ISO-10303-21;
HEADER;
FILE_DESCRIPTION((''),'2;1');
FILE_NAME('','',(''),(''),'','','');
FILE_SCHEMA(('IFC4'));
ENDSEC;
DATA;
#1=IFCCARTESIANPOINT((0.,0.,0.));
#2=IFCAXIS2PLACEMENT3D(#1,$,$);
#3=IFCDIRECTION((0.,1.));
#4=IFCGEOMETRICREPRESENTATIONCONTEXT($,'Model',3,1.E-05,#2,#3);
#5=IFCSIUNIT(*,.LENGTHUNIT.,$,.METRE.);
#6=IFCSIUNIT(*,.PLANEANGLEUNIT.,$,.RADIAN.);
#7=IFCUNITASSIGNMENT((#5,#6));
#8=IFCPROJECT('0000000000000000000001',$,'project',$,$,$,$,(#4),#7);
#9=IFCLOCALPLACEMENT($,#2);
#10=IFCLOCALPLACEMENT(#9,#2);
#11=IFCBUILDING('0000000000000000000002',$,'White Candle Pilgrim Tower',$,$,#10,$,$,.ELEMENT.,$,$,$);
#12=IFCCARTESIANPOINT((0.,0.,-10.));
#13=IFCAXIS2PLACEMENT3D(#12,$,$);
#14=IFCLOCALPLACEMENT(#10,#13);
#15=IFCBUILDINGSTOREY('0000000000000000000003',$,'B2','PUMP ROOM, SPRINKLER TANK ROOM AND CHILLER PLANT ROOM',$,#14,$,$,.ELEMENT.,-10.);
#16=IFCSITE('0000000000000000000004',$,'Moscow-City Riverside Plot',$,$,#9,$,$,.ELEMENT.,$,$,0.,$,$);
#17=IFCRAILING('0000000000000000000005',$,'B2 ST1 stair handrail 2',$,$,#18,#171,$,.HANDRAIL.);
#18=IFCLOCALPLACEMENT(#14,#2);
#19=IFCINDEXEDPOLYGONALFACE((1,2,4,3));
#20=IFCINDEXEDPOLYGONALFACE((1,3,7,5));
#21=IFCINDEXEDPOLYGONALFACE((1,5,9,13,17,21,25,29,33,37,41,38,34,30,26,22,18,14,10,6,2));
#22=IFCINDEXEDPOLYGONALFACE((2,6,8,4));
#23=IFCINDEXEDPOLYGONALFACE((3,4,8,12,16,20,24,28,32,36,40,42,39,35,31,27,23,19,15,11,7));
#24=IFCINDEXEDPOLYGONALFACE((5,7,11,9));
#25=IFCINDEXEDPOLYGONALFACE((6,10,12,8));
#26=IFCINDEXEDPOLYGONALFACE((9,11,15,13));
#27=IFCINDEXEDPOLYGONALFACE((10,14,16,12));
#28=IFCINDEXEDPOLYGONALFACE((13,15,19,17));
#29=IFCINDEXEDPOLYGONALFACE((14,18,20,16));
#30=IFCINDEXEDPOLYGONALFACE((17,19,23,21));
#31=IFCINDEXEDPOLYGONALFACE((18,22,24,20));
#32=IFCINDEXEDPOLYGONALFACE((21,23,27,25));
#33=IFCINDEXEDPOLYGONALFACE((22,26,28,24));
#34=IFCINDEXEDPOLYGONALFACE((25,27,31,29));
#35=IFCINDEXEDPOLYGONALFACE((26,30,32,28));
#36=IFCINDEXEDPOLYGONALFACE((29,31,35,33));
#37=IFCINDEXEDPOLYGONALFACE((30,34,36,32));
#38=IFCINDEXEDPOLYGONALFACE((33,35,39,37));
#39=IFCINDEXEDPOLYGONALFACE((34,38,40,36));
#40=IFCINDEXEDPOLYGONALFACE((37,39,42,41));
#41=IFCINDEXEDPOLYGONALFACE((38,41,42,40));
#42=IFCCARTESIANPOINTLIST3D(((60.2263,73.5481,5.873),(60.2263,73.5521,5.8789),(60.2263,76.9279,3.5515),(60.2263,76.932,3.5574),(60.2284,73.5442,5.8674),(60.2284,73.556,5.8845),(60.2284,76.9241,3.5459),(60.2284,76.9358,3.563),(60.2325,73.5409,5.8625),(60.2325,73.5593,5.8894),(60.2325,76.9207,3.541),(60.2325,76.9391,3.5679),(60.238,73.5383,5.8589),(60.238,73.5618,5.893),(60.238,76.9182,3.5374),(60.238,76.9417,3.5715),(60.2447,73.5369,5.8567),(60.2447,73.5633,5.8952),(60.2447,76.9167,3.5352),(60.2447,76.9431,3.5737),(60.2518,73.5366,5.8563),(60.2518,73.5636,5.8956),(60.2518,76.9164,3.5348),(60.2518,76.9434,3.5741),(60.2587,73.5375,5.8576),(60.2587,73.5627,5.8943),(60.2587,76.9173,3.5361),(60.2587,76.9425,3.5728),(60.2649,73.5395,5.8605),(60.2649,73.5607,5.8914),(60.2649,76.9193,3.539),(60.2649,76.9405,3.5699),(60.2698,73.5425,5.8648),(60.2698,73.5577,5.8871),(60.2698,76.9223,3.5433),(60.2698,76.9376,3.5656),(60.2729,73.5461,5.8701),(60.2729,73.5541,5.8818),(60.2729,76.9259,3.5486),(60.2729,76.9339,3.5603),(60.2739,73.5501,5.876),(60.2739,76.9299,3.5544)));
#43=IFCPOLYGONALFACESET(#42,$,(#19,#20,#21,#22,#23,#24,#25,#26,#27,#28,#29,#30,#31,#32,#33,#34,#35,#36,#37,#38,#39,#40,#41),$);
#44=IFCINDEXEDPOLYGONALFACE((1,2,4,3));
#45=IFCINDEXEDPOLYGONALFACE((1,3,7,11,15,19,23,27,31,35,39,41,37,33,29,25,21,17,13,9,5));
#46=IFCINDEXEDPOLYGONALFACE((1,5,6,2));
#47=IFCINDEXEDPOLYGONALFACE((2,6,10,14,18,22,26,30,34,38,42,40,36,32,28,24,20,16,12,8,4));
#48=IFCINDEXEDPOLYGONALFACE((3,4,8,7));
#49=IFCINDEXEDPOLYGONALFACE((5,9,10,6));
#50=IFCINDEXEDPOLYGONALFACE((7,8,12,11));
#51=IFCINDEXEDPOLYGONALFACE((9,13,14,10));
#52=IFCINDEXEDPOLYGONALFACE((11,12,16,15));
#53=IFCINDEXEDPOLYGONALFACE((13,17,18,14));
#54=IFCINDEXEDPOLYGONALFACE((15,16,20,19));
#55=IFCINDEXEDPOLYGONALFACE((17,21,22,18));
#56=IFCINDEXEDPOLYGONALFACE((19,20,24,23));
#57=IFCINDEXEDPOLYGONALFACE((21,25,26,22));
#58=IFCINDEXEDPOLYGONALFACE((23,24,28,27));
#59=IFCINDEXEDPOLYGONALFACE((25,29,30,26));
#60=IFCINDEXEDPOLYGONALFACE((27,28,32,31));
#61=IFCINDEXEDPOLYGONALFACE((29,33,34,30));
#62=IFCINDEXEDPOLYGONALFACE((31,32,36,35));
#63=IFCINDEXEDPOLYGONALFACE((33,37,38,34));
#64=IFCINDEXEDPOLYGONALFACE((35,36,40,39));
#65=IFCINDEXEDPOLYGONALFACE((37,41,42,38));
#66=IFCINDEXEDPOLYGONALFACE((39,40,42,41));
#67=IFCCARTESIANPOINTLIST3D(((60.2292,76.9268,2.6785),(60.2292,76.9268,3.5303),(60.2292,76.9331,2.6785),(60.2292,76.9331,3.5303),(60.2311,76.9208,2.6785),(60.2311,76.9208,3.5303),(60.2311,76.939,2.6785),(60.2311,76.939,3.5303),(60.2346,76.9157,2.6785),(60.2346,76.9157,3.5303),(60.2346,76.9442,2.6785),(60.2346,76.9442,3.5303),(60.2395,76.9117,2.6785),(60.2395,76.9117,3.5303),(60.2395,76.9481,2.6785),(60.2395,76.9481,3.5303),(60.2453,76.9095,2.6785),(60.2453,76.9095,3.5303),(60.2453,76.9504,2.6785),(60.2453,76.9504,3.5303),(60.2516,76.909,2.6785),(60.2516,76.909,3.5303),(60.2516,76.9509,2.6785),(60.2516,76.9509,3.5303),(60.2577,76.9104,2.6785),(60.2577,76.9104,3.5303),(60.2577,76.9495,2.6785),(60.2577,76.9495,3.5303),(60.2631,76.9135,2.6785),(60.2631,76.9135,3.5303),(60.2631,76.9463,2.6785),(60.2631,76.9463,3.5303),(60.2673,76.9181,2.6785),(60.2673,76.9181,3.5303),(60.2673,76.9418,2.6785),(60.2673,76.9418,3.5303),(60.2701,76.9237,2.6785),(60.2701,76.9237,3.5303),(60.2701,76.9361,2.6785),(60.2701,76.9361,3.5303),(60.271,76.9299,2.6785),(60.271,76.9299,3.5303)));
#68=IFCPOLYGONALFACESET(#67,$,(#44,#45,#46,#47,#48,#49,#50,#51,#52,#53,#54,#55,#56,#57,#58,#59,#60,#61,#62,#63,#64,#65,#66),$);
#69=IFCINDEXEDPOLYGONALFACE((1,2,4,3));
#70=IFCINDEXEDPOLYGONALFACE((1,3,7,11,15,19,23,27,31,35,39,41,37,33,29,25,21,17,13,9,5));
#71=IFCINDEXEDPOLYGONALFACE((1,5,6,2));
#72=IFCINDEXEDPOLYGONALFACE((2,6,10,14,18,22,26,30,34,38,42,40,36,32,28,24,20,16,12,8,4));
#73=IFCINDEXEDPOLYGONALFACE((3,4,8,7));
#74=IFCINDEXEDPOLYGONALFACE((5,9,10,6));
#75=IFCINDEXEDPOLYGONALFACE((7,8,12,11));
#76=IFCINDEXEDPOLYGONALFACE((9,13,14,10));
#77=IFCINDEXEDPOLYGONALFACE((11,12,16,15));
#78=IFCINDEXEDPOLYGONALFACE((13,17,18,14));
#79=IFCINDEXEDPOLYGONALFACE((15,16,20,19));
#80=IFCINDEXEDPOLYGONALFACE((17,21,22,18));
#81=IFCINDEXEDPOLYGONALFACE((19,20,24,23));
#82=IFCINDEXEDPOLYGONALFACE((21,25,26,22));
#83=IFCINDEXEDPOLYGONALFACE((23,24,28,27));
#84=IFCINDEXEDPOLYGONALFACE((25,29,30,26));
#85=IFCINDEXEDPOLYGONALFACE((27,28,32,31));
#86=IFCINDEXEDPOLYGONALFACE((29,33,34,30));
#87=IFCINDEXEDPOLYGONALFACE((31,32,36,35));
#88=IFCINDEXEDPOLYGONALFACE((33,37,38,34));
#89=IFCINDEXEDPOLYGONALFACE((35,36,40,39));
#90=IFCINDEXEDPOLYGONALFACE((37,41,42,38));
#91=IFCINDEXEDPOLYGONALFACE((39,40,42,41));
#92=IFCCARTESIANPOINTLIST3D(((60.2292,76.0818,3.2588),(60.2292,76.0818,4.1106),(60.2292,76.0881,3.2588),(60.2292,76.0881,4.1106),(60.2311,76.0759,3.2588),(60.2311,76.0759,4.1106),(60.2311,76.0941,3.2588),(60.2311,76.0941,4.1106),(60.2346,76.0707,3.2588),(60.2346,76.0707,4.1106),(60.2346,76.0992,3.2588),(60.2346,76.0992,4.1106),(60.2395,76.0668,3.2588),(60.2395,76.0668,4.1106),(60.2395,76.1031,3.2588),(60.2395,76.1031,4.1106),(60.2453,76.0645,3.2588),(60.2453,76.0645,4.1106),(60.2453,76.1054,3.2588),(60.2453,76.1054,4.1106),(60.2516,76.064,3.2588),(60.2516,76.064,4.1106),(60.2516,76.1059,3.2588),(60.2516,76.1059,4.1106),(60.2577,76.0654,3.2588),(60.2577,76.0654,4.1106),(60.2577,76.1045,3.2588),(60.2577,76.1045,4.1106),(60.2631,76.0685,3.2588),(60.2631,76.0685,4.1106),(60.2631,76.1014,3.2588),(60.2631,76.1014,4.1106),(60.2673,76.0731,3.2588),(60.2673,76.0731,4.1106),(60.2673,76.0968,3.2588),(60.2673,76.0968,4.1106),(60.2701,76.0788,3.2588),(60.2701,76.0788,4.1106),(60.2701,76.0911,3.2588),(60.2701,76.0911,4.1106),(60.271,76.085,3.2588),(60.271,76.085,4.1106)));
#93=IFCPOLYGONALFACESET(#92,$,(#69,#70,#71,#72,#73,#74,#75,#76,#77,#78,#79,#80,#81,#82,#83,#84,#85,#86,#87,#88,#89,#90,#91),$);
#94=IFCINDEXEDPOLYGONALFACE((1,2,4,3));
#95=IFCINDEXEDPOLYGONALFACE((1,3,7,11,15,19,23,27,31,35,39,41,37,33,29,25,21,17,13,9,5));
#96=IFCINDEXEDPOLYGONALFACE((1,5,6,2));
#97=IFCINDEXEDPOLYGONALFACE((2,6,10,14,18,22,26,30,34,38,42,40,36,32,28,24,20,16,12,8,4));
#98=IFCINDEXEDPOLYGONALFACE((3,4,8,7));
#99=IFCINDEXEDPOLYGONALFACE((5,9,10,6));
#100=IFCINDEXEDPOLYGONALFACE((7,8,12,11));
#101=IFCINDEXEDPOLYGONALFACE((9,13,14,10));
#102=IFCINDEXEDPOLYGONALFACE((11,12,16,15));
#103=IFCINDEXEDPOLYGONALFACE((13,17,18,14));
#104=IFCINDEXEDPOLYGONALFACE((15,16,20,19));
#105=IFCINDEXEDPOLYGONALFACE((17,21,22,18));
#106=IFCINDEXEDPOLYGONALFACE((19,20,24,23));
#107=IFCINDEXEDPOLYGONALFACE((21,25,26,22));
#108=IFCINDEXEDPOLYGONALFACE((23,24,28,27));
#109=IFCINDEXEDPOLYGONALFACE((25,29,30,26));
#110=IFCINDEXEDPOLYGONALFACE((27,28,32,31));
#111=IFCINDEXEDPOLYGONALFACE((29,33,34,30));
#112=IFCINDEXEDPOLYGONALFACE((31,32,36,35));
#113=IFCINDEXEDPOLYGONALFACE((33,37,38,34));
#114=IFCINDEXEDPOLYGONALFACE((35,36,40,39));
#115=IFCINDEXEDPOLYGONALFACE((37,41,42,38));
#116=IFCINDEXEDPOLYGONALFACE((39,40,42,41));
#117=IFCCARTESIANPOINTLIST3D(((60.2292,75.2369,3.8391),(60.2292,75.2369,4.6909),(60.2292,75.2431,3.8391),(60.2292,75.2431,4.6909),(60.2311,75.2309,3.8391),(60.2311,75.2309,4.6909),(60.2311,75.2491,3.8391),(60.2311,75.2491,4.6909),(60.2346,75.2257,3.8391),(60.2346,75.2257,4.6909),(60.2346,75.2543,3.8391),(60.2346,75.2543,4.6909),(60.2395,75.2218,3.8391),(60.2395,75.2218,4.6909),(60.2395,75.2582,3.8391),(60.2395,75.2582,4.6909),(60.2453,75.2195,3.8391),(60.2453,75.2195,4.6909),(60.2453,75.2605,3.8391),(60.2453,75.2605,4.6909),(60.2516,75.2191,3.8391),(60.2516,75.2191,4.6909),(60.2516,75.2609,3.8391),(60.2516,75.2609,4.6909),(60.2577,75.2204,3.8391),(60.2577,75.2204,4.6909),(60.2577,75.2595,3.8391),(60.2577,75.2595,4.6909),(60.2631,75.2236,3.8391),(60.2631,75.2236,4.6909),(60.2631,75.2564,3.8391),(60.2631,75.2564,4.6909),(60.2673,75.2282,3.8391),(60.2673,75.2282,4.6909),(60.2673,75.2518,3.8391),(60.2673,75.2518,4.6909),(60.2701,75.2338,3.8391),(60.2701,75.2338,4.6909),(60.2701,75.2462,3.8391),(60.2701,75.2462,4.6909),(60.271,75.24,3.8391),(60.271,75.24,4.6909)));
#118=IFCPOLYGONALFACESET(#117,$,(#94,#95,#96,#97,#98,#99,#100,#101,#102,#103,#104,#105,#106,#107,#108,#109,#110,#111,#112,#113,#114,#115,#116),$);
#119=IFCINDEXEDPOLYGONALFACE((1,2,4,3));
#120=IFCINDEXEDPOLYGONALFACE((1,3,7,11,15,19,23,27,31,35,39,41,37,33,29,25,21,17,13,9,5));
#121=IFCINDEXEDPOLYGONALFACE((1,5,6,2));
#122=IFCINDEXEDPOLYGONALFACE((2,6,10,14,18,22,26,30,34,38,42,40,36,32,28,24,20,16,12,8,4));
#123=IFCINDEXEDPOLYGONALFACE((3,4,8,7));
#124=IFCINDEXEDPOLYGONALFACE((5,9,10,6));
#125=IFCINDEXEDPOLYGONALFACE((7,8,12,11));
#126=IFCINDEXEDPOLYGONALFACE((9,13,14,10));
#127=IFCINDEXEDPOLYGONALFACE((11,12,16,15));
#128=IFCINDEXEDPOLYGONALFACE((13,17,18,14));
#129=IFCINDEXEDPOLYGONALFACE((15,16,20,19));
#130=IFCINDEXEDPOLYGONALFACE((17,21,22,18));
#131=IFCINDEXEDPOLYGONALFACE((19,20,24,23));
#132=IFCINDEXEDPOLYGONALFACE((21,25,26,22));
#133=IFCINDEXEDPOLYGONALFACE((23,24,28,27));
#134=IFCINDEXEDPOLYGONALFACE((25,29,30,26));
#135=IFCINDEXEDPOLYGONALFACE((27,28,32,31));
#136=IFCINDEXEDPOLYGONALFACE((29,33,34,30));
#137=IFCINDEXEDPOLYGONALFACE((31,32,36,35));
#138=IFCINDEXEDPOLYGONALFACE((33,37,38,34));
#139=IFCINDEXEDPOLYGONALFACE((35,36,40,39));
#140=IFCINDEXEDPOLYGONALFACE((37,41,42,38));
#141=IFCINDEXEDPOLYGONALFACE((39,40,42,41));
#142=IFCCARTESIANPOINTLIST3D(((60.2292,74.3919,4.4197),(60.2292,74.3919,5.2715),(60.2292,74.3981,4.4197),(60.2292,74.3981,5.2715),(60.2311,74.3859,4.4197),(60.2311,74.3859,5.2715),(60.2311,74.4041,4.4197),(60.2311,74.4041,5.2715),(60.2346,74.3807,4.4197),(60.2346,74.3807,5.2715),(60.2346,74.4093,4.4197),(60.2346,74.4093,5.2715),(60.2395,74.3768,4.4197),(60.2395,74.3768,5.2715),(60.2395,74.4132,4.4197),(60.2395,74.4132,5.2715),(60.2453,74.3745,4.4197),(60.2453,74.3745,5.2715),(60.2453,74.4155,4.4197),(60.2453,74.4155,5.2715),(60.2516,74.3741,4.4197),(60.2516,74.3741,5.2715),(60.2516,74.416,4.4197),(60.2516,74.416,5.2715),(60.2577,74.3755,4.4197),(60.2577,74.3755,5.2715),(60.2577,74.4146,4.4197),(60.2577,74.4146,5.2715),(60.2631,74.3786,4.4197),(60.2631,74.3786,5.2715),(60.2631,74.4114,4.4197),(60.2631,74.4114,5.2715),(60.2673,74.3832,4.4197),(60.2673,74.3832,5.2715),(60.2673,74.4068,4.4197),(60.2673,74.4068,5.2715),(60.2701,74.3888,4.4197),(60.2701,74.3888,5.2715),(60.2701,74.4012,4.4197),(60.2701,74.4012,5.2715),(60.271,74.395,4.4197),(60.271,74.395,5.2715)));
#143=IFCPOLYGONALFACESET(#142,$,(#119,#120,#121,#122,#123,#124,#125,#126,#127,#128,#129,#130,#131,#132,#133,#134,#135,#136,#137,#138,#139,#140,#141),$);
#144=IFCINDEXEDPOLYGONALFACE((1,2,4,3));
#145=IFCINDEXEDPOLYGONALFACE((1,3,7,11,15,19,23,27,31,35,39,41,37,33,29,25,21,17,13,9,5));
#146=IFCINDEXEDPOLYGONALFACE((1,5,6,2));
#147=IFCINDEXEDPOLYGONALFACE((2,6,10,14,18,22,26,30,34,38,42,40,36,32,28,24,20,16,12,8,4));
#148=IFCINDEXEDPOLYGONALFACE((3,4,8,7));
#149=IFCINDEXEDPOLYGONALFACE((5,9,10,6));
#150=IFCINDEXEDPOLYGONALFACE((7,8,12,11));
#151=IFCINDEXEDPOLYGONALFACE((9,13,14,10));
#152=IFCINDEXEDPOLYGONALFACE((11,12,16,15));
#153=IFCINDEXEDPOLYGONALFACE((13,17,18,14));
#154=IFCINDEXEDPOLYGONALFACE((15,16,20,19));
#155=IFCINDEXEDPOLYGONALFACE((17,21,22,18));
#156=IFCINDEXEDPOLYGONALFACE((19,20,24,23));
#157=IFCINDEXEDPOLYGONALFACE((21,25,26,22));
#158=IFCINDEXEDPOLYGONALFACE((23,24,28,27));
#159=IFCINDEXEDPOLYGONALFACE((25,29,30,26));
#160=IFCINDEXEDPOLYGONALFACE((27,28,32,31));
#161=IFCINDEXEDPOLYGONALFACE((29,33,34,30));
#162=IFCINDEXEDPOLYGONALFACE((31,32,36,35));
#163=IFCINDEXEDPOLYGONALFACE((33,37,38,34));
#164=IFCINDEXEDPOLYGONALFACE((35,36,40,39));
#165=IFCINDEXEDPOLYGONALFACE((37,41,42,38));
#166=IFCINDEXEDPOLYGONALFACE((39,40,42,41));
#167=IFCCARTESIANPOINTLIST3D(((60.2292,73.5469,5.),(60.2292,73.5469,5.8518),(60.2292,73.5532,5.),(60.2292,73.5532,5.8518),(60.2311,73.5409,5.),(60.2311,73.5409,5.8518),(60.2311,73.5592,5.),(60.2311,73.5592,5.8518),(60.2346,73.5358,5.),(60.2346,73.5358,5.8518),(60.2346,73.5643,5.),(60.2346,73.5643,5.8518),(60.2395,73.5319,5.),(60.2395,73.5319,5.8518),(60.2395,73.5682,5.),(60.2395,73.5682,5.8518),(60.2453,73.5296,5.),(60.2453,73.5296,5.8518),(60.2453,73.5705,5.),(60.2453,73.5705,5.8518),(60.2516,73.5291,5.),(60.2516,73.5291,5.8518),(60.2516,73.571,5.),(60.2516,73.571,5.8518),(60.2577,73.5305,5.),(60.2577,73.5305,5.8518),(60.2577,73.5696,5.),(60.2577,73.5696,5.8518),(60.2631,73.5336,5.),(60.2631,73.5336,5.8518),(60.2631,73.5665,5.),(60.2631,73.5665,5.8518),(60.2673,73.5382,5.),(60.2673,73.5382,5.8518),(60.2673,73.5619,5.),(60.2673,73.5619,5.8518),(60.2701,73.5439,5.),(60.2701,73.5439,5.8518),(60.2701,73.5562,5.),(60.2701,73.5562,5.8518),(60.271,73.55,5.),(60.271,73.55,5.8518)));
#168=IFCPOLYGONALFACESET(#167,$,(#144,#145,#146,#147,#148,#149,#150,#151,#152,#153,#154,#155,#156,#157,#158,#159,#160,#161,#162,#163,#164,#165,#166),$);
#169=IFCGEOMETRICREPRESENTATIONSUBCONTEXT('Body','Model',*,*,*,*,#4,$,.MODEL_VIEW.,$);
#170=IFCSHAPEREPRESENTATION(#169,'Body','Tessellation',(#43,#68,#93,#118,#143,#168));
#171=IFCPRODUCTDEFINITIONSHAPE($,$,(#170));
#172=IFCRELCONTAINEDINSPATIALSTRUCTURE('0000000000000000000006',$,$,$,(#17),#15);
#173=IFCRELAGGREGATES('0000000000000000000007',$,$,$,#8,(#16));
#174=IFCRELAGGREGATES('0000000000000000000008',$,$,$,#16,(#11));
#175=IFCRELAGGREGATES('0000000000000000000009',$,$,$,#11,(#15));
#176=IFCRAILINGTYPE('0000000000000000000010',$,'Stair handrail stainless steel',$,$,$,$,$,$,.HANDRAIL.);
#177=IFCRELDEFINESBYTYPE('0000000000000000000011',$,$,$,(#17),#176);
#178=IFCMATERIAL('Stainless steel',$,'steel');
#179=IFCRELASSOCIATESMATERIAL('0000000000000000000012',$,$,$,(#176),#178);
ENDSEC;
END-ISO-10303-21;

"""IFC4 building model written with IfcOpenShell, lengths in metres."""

from ifc_helpers import new_model, si_unit, direction, frame, origin, origin_2d, place, context, subcontext, project, spatial, circle, extrude, material, type_object, element, save


model = new_model("IFC4")

# Units and contexts
model_context = context("Model", 3, precision=1e-05, world=origin(), true_north=direction((0.0, 1.0)))
body_context = subcontext(model_context, "Body", "Model", "MODEL_VIEW")
ifc_project = project(units=[si_unit("LENGTHUNIT", "METRE"), si_unit("PLANEANGLEUNIT", "RADIAN")], contexts=[model_context])

# Site, building, storey
site_placement = place(None, origin())
site = spatial("IfcSite", under=ifc_project, at=site_placement, Name="Moscow-City Riverside Plot", CompositionType="ELEMENT", RefElevation=0.0)
building_placement = place(site_placement, origin())
building = spatial("IfcBuilding", under=site, at=building_placement, Name="White Candle Pilgrim Tower", CompositionType="ELEMENT")
storey_placement = place(building_placement, frame((0.0, 0.0, -10.0)))
storey = spatial("IfcBuildingStorey", under=building, at=storey_placement, Name="B2", Description="PUMP ROOM, SPRINKLER TANK ROOM AND CHILLER PLANT ROOM", CompositionType="ELEMENT", Elevation=-10.0)

# Railing
ifc_material_1 = material(Name="Stainless steel", Category="steel")
railing_type_1 = type_object("IfcRailingType", Name="Stair handrail stainless steel", PredefinedType="HANDRAIL", material=ifc_material_1)
railing_1_placement = place(storey_placement, frame((60.25, 76.9299, 2.6785)))
element("IfcRailing", 1, at=railing_1_placement, inside=storey, type_object=railing_type_1, Name="B2 ST1 stair handrail 2", PredefinedType="HANDRAIL", context=body_context, shape_type="SweptSolid", body=[
    extrude(circle(Radius=0.0239, at=origin_2d()), frame((0.0, 0.0, 0.876), z_axis=(0.0, -0.824285, 0.566175), x_axis=(1.0, 0.0, 0.0)), (0.0, 0.0, 1.0), 4.1003),
    extrude(circle(Radius=0.021, at=origin_2d()), origin(), (0.0, 0.0, 1.0), 0.8518),
    extrude(circle(Radius=0.021, at=origin_2d()), frame((0.0, -0.845, 0.5803)), (0.0, 0.0, 1.0), 0.8518),
    extrude(circle(Radius=0.021, at=origin_2d()), frame((0.0, -1.6899, 1.1606)), (0.0, 0.0, 1.0), 0.8518),
    extrude(circle(Radius=0.021, at=origin_2d()), frame((0.0, -2.5349, 1.7412)), (0.0, 0.0, 1.0), 0.8518),
    extrude(circle(Radius=0.021, at=origin_2d()), frame((0.0, -3.3799, 2.3215)), (0.0, 0.0, 1.0), 0.8518),
])

save(model, "model.ifc")
